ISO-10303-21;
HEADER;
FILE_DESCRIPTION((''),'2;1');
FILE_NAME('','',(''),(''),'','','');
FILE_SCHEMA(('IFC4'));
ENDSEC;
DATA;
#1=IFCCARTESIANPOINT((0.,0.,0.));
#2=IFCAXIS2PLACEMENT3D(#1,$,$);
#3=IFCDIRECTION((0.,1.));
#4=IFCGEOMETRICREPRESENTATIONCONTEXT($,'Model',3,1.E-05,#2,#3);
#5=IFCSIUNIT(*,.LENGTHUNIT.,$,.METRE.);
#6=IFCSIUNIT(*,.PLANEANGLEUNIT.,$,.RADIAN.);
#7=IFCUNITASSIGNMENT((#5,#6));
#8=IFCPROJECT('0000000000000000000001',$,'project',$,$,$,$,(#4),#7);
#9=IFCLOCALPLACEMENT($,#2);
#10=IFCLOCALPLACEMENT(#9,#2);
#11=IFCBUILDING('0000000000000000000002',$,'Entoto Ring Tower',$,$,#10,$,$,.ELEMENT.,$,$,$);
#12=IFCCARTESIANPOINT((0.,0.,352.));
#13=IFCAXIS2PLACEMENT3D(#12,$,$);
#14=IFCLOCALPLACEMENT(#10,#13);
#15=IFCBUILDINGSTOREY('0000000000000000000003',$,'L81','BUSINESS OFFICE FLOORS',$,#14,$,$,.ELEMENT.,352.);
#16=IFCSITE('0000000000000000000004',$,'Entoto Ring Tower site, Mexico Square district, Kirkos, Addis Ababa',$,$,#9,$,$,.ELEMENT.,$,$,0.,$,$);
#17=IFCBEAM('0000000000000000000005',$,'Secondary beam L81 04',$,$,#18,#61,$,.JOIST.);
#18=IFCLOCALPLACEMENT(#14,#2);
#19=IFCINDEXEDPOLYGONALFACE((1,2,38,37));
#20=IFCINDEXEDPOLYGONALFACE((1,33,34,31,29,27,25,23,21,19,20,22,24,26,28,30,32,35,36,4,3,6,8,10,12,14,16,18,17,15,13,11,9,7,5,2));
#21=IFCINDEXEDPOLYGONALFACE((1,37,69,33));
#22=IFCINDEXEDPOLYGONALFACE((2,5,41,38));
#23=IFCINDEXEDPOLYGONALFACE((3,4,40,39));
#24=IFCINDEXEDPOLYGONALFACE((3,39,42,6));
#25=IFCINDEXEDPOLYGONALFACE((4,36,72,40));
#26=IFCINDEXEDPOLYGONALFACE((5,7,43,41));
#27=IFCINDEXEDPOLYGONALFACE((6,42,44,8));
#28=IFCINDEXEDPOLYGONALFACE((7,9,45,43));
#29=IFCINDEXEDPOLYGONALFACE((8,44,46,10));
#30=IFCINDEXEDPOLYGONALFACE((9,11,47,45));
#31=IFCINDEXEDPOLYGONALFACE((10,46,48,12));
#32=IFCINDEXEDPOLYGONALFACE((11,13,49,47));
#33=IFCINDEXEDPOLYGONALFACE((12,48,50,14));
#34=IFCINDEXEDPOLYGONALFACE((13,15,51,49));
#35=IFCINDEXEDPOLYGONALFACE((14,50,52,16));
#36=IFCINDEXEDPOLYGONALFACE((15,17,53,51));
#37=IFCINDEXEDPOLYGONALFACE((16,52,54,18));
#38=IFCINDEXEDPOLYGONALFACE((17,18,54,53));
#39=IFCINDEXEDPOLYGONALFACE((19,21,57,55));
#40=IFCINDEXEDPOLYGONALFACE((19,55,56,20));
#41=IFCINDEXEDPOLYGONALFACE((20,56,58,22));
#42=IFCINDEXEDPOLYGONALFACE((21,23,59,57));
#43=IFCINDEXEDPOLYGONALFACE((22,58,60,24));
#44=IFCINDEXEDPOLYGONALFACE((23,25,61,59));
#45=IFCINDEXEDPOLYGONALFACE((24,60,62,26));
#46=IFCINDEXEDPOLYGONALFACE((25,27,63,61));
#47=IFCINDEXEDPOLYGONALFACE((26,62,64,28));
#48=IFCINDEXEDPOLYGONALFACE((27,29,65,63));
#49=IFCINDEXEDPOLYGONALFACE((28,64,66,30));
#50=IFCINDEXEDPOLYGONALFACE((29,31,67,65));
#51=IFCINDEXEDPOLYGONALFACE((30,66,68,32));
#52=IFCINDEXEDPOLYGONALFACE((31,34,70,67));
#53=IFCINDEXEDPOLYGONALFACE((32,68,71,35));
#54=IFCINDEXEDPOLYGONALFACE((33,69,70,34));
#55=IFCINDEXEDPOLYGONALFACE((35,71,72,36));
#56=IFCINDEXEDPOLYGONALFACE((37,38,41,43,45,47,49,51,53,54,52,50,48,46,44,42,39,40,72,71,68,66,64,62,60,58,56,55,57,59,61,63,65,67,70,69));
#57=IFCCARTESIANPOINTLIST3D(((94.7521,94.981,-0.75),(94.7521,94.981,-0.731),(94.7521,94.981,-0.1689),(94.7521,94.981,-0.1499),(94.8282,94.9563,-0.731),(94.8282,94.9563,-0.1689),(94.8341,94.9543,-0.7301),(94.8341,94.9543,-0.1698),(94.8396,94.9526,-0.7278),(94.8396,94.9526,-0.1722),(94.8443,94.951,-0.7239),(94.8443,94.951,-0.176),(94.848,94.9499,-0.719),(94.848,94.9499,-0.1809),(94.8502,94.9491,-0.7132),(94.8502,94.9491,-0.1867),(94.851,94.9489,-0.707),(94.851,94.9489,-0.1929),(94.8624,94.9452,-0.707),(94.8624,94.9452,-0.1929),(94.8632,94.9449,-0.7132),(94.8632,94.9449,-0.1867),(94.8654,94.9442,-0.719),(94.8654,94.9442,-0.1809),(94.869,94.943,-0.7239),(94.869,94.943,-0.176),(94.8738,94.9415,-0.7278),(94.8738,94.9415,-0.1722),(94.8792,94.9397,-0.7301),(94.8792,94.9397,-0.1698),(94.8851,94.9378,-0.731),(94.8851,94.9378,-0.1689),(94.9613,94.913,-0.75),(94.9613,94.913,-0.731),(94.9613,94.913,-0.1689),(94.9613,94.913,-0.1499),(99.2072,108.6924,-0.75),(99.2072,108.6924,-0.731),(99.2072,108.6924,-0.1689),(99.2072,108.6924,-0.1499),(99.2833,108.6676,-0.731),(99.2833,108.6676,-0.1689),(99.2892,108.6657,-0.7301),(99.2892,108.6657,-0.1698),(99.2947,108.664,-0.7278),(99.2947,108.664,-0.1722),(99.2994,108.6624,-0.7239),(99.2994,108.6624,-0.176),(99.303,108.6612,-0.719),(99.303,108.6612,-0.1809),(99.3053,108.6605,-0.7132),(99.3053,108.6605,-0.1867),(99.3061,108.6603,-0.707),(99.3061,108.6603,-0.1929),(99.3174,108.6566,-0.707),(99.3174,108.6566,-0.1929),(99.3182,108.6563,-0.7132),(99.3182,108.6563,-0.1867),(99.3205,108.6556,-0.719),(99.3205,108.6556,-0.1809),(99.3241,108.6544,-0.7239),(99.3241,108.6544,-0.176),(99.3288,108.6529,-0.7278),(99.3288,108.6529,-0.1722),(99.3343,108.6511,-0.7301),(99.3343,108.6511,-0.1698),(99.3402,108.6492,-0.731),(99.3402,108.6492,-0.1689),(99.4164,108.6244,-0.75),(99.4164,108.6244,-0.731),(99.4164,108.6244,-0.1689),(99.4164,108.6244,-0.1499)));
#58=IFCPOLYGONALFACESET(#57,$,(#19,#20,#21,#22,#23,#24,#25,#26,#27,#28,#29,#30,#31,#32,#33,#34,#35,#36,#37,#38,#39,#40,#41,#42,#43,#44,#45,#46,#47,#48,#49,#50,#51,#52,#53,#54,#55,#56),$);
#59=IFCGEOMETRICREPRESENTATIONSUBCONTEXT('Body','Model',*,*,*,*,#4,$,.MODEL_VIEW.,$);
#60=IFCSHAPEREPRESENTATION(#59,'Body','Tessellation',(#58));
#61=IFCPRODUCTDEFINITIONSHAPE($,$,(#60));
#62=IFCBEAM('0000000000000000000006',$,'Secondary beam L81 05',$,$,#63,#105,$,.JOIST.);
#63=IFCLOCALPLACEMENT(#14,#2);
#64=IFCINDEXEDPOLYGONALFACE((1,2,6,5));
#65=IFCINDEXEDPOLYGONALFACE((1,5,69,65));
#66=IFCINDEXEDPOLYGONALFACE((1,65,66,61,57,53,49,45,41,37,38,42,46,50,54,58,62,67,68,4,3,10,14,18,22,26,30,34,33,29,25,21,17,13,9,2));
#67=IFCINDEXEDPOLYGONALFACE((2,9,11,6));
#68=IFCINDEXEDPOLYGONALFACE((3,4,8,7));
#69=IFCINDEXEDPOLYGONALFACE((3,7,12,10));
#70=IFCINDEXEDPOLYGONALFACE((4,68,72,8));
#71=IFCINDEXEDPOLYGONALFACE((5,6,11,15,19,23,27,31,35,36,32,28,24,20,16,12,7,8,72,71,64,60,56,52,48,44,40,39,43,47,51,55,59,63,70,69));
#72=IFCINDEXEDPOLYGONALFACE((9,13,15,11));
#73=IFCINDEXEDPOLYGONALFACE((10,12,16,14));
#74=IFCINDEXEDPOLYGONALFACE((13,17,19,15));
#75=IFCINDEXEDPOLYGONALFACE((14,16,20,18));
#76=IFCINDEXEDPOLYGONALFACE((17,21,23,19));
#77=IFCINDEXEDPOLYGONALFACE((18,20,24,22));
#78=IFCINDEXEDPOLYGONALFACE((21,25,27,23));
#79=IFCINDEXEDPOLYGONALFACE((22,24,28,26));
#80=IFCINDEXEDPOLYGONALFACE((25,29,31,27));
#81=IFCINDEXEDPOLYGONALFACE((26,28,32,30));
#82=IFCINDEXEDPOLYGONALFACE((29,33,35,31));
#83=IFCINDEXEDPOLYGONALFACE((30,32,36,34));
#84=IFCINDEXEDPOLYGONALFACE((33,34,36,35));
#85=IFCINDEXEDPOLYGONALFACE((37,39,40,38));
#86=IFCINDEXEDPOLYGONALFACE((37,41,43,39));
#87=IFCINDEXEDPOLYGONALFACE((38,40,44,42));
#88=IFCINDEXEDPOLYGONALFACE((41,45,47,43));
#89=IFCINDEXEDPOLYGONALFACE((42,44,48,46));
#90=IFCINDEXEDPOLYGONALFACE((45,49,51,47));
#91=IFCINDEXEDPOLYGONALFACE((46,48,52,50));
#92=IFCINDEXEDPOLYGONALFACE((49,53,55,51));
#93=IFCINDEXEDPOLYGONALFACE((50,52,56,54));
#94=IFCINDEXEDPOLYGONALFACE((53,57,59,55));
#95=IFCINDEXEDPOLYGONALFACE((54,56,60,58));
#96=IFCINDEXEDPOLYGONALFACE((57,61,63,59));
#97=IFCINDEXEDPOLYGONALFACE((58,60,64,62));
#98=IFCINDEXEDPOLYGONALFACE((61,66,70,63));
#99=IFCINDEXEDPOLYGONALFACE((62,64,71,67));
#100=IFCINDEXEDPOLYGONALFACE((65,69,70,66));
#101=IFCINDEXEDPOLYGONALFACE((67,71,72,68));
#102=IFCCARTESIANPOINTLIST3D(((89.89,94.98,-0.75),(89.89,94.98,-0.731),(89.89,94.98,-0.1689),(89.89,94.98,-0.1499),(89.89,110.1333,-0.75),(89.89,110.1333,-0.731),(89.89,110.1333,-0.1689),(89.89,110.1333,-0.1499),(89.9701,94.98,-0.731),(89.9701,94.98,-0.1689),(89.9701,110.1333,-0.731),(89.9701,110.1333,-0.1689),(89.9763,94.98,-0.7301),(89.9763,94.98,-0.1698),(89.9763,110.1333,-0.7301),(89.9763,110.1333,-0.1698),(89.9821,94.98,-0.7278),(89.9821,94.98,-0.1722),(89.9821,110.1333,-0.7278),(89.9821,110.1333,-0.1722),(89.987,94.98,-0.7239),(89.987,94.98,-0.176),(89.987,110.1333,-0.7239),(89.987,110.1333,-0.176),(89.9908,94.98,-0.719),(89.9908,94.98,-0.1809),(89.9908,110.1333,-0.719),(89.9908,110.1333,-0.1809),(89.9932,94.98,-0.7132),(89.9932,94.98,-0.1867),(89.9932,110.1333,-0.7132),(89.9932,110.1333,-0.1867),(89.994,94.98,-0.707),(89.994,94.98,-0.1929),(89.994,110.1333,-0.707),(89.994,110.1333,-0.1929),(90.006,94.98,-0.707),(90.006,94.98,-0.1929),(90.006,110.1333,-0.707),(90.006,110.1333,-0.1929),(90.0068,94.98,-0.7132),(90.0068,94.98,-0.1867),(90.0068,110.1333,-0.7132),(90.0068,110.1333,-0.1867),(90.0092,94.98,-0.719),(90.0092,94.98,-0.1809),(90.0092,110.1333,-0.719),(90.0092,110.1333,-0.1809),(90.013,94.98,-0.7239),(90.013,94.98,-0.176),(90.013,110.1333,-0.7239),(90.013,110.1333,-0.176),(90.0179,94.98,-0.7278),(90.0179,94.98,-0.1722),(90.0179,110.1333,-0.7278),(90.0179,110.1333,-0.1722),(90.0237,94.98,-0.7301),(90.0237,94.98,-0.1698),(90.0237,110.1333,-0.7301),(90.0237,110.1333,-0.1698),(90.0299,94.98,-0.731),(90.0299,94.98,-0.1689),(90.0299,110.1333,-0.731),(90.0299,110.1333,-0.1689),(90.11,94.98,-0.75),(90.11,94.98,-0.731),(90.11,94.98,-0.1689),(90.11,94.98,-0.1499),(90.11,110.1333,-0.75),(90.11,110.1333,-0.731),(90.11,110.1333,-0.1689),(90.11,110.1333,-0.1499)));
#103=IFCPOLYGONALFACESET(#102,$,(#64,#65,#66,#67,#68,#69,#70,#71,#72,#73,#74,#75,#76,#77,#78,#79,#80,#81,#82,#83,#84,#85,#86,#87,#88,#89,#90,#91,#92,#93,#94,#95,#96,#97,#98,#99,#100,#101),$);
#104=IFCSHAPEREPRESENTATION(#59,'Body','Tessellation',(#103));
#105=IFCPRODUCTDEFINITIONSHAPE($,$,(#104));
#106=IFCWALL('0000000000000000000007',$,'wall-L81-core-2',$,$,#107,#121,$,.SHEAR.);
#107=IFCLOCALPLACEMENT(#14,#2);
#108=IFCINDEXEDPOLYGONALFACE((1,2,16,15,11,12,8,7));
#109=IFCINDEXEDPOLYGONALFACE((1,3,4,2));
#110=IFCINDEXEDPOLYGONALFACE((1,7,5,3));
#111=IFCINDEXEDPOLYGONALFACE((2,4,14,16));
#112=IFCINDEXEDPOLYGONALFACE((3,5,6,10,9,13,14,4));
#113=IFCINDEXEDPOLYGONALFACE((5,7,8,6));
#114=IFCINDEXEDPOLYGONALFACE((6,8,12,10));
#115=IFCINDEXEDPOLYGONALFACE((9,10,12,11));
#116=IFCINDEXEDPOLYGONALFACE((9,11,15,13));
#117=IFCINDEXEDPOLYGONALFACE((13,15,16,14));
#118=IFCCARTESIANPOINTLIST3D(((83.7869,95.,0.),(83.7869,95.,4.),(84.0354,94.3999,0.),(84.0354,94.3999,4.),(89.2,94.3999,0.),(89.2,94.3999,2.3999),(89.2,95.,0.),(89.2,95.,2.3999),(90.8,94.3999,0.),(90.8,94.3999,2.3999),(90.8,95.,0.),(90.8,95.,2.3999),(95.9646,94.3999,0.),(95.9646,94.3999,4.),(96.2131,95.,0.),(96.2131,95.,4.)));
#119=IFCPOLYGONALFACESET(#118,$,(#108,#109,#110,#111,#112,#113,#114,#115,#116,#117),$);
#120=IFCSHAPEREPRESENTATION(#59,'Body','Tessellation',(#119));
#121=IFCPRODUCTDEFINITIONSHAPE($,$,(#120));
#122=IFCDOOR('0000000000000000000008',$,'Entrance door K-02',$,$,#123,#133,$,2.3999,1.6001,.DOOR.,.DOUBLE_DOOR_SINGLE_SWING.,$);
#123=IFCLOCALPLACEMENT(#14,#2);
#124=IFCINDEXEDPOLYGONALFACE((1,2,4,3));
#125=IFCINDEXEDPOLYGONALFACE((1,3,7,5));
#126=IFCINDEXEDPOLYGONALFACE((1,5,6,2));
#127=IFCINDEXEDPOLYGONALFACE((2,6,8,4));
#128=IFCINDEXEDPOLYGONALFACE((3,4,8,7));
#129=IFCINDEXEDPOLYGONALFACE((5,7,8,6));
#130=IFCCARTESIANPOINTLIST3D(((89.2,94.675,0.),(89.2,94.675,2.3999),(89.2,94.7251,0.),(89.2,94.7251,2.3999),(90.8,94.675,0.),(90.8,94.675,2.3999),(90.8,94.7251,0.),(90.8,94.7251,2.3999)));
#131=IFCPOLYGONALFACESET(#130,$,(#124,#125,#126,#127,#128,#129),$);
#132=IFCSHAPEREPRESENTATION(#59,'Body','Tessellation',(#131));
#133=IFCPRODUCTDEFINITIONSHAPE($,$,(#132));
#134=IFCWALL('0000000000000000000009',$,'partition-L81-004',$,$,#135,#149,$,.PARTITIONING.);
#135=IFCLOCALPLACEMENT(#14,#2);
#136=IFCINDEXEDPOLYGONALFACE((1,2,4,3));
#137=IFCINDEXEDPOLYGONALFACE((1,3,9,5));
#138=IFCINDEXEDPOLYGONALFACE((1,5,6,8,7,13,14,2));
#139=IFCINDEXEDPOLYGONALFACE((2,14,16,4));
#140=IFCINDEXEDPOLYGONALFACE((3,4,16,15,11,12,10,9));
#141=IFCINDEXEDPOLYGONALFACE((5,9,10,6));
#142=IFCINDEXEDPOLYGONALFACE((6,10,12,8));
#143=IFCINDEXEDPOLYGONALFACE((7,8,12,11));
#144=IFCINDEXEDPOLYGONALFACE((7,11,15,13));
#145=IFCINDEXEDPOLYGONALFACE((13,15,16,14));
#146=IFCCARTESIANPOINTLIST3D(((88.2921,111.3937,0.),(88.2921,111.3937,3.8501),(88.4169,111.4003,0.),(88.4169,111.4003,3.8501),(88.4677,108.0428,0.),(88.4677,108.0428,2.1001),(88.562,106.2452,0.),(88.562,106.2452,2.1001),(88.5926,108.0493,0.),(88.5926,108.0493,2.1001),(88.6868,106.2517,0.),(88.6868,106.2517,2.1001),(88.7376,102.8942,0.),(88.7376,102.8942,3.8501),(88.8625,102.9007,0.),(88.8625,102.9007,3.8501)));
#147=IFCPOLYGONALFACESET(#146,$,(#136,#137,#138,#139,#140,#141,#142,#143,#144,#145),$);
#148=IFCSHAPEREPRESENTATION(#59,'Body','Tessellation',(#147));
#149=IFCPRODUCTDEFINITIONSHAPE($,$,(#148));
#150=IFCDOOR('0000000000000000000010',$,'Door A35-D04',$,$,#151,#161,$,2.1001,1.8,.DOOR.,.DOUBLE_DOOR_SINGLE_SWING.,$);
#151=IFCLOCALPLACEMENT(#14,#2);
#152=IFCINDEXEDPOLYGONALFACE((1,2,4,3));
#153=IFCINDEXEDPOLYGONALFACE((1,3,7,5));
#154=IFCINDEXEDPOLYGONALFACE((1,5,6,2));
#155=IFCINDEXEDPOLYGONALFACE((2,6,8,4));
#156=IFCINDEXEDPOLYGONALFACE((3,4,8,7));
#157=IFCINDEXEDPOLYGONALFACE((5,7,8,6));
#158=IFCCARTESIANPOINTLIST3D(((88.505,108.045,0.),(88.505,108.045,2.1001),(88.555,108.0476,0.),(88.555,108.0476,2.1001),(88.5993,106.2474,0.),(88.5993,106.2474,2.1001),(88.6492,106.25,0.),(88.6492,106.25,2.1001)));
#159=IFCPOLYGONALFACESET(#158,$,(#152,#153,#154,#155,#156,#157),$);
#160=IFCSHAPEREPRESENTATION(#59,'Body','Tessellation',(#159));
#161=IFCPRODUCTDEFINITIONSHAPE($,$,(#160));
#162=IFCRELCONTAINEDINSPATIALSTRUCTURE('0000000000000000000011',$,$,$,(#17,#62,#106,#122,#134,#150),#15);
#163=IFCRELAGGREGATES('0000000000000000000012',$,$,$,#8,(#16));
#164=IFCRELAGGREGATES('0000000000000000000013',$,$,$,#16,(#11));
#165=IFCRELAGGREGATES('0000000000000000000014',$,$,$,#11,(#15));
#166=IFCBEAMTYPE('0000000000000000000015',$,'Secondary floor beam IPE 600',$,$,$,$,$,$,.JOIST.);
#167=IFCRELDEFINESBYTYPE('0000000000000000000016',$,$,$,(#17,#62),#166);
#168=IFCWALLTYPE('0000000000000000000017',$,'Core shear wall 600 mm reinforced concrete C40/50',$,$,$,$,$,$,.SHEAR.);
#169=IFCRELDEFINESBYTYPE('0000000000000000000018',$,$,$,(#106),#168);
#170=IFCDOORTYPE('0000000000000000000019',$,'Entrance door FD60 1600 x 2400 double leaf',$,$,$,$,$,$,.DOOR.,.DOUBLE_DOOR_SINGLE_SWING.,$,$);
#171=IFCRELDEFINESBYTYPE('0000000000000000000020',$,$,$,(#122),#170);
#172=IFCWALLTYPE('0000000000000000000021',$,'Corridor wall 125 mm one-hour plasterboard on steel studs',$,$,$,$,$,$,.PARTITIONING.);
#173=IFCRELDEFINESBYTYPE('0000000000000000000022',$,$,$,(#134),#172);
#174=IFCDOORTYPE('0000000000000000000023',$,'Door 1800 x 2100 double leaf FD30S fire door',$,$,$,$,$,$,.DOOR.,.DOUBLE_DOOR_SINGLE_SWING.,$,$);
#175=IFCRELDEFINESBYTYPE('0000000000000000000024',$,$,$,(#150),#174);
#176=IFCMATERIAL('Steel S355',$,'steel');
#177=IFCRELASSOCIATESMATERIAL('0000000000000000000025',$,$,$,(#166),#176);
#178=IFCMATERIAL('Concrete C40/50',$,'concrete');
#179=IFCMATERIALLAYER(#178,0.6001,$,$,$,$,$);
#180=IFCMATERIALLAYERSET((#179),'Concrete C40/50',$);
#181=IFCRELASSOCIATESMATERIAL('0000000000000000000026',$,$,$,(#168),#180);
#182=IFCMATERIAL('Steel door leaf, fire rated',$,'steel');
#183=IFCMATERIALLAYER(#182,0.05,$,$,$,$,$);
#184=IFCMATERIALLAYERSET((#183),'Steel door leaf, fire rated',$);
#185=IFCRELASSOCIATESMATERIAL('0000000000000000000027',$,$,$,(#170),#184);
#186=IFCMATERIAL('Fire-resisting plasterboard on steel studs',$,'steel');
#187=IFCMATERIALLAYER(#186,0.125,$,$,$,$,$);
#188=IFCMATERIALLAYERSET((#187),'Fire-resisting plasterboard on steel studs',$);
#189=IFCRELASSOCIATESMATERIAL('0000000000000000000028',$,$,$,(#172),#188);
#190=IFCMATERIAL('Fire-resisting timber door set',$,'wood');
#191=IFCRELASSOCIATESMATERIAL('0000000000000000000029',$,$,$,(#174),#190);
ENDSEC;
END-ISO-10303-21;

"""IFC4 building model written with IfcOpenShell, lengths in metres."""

from ifc_helpers import new_model, si_unit, direction, frame, frame_2d, origin, origin_2d, place, context, subcontext, project, spatial, polyline, rectangle, i_section, outline, extrude, material, layer, layer_set, material_profile, profile_set, type_object, element, fill, save


model = new_model("IFC4")

# Units and contexts
model_context = context("Model", 3, precision=1e-05, world=origin(), true_north=direction((0.0, 1.0)))
body_context = subcontext(model_context, "Body", "Model", "MODEL_VIEW")
ifc_project = project(units=[si_unit("LENGTHUNIT", "METRE"), si_unit("PLANEANGLEUNIT", "RADIAN")], contexts=[model_context])

# Site, building, storey
site_placement = place(None, origin())
site = spatial("IfcSite", under=ifc_project, at=site_placement, Name="Entoto Ring Tower site, Mexico Square district, Kirkos, Addis Ababa", CompositionType="ELEMENT", RefElevation=0.0)
building_placement = place(site_placement, origin())
building = spatial("IfcBuilding", under=site, at=building_placement, Name="Entoto Ring Tower", CompositionType="ELEMENT")
storey_placement = place(building_placement, frame((0.0, 0.0, 352.0)))
storey = spatial("IfcBuildingStorey", under=building, at=storey_placement, Name="L81", Description="BUSINESS OFFICE FLOORS", CompositionType="ELEMENT", Elevation=352.0)

# Beams
ifc_material_1 = material(Name="Steel S355", Category="steel")
ifc_material_profile_1 = material_profile(ifc_material_1, i_section(OverallWidth=0.22, OverallDepth=0.6001, WebThickness=0.012, FlangeThickness=0.019, FilletRadius=0.0239, at=origin_2d()), Name="IPE 600")
ifc_profile_set_1 = profile_set([ifc_material_profile_1], Name="Steel S355")
beam_type_1 = type_object("IfcBeamType", Name="Secondary floor beam IPE 600", PredefinedType="JOIST", material=ifc_profile_set_1)
beam_1_placement = place(storey_placement, frame((94.8567, 94.947, -0.45), z_axis=(0.309015, 0.951057, 0.0), x_axis=(-0.951057, 0.309015, 0.0)))
element("IfcBeam", 1, at=beam_1_placement, inside=storey, type_object=beam_type_1, Name="Secondary beam L81 04", PredefinedType="JOIST", context=body_context, shape_type="SweptSolid", body=[
    extrude(i_section(OverallWidth=0.22, OverallDepth=0.6001, WebThickness=0.012, FlangeThickness=0.019, FilletRadius=0.0239, at=origin_2d()), origin(), (0.0, 0.0, 1.0), 14.417),
])
beam_2_placement = place(storey_placement, frame((90.0, 94.98, -0.45), z_axis=(0.0, 1.0, 0.0), x_axis=(-1.0, 0.0, 0.0)))
element("IfcBeam", 2, at=beam_2_placement, inside=storey, type_object=beam_type_1, Name="Secondary beam L81 05", PredefinedType="JOIST", context=body_context, shape_type="SweptSolid", body=[
    extrude(i_section(OverallWidth=0.22, OverallDepth=0.6001, WebThickness=0.012, FlangeThickness=0.019, FilletRadius=0.0239, at=origin_2d()), origin(), (0.0, 0.0, 1.0), 15.1533),
])

# Walls, openings, doors
ifc_material_2 = material(Name="Concrete C40/50", Category="concrete")
ifc_layer_1 = layer(ifc_material_2, 0.6001)
ifc_layer_set_1 = layer_set([ifc_layer_1], Name="Concrete C40/50")
wall_type_1 = type_object("IfcWallType", Name="Core shear wall 600 mm reinforced concrete C40/50", PredefinedType="SHEAR", material=ifc_layer_set_1)
wall_1_placement = place(storey_placement, frame((96.0889, 94.7, 0.0), z_axis=(0.0, 0.0, 1.0), x_axis=(-1.0, 0.0, 0.0)))
wall_1 = element("IfcWall", 3, at=wall_1_placement, inside=storey, type_object=wall_type_1, Name="wall-L81-core-2", PredefinedType="SHEAR", context=body_context, shape_type="SweptSolid", body=[
    extrude(outline(polyline([(-0.1243, -0.3), (12.302, -0.3), (12.0535, 0.3), (0.1243, 0.3), (-0.1243, -0.3)])), origin(), (0.0, 0.0, 1.0), 4.0),
])
opening_1_placement = place(wall_1_placement, frame((5.2888, 0.0, 0.0)))
opening_1 = element("IfcOpeningElement", 4, at=opening_1_placement, cuts=wall_1, PredefinedType="OPENING", context=body_context, shape_type="SweptSolid", body=[
    extrude(rectangle(XDim=1.6001, YDim=2.3999, at=frame_2d((0.8, 1.2))), frame((0.0, 0.3101, 0.0), z_axis=(0.0, -1.0, 0.0), x_axis=(1.0, 0.0, 0.0)), (0.0, 0.0, 1.0), 0.6201),
])
ifc_material_3 = material(Name="Steel door leaf, fire rated", Category="steel")
ifc_layer_2 = layer(ifc_material_3, 0.05)
ifc_layer_set_2 = layer_set([ifc_layer_2], Name="Steel door leaf, fire rated")
door_type_1 = type_object("IfcDoorType", Name="Entrance door FD60 1600 x 2400 double leaf", OperationType="DOUBLE_DOOR_SINGLE_SWING", PredefinedType="DOOR", material=ifc_layer_set_2)
door_1_placement = place(opening_1_placement, origin())
door_1 = element("IfcDoor", 5, at=door_1_placement, inside=storey, type_object=door_type_1, Name="Entrance door K-02", OperationType="DOUBLE_DOOR_SINGLE_SWING", OverallHeight=2.3999, OverallWidth=1.6001, PredefinedType="DOOR", context=body_context, shape_type="SweptSolid", body=[
    extrude(rectangle(XDim=1.6001, YDim=2.3999, at=frame_2d((0.8, 1.2))), frame((0.0, 0.0249, 0.0), z_axis=(0.0, -1.0, 0.0), x_axis=(1.0, 0.0, 0.0)), (0.0, 0.0, 1.0), 0.05),
])
fill(opening_1, door_1)
ifc_material_4 = material(Name="Fire-resisting plasterboard on steel studs", Category="steel")
ifc_layer_3 = layer(ifc_material_4, 0.125)
ifc_layer_set_3 = layer_set([ifc_layer_3], Name="Fire-resisting plasterboard on steel studs")
wall_type_2 = type_object("IfcWallType", Name="Corridor wall 125 mm one-hour plasterboard on steel studs", PredefinedType="PARTITIONING", material=ifc_layer_set_3)
wall_2_placement = place(storey_placement, frame((88.8, 102.8975, 0.0), z_axis=(0.0, 0.0, 1.0), x_axis=(-0.05235, 0.998629, 0.0)))
wall_2 = element("IfcWall", 6, at=wall_2_placement, inside=storey, type_object=wall_type_2, Name="partition-L81-004", PredefinedType="PARTITIONING", context=body_context, shape_type="SweptSolid", body=[
    extrude(rectangle(XDim=8.5112, YDim=0.125, at=frame_2d((4.2556, 0.0))), origin(), (0.0, 0.0, 1.0), 3.8501),
])
opening_2_placement = place(wall_2_placement, frame((3.3557, 0.0, 0.0)))
opening_2 = element("IfcOpeningElement", 7, at=opening_2_placement, cuts=wall_2, PredefinedType="OPENING", context=body_context, shape_type="SweptSolid", body=[
    extrude(rectangle(XDim=1.8, YDim=2.1001, at=frame_2d((0.8999, 1.05))), frame((0.0, 0.0725, 0.0), z_axis=(0.0, -1.0, 0.0), x_axis=(1.0, 0.0, 0.0)), (0.0, 0.0, 1.0), 0.145),
])
ifc_material_5 = material(Name="Fire-resisting timber door set", Category="wood")
door_type_2 = type_object("IfcDoorType", Name="Door 1800 x 2100 double leaf FD30S fire door", OperationType="DOUBLE_DOOR_SINGLE_SWING", PredefinedType="DOOR", material=ifc_material_5)
door_2_placement = place(opening_2_placement, frame((1.8, 0.0, 0.0), z_axis=(0.0, 0.0, 1.0), x_axis=(-1.0, 0.0, 0.0)))
door_2 = element("IfcDoor", 8, at=door_2_placement, inside=storey, type_object=door_type_2, Name="Door A35-D04", OperationType="DOUBLE_DOOR_SINGLE_SWING", OverallHeight=2.1001, OverallWidth=1.8, PredefinedType="DOOR", context=body_context, shape_type="SweptSolid", body=[
    extrude(rectangle(XDim=1.8, YDim=2.1001, at=frame_2d((0.8999, 1.05))), frame((0.0, 0.0249, 0.0), z_axis=(0.0, -1.0, 0.0), x_axis=(1.0, 0.0, 0.0)), (0.0, 0.0, 1.0), 0.05),
])
fill(opening_2, door_2)

save(model, "model.ifc")
